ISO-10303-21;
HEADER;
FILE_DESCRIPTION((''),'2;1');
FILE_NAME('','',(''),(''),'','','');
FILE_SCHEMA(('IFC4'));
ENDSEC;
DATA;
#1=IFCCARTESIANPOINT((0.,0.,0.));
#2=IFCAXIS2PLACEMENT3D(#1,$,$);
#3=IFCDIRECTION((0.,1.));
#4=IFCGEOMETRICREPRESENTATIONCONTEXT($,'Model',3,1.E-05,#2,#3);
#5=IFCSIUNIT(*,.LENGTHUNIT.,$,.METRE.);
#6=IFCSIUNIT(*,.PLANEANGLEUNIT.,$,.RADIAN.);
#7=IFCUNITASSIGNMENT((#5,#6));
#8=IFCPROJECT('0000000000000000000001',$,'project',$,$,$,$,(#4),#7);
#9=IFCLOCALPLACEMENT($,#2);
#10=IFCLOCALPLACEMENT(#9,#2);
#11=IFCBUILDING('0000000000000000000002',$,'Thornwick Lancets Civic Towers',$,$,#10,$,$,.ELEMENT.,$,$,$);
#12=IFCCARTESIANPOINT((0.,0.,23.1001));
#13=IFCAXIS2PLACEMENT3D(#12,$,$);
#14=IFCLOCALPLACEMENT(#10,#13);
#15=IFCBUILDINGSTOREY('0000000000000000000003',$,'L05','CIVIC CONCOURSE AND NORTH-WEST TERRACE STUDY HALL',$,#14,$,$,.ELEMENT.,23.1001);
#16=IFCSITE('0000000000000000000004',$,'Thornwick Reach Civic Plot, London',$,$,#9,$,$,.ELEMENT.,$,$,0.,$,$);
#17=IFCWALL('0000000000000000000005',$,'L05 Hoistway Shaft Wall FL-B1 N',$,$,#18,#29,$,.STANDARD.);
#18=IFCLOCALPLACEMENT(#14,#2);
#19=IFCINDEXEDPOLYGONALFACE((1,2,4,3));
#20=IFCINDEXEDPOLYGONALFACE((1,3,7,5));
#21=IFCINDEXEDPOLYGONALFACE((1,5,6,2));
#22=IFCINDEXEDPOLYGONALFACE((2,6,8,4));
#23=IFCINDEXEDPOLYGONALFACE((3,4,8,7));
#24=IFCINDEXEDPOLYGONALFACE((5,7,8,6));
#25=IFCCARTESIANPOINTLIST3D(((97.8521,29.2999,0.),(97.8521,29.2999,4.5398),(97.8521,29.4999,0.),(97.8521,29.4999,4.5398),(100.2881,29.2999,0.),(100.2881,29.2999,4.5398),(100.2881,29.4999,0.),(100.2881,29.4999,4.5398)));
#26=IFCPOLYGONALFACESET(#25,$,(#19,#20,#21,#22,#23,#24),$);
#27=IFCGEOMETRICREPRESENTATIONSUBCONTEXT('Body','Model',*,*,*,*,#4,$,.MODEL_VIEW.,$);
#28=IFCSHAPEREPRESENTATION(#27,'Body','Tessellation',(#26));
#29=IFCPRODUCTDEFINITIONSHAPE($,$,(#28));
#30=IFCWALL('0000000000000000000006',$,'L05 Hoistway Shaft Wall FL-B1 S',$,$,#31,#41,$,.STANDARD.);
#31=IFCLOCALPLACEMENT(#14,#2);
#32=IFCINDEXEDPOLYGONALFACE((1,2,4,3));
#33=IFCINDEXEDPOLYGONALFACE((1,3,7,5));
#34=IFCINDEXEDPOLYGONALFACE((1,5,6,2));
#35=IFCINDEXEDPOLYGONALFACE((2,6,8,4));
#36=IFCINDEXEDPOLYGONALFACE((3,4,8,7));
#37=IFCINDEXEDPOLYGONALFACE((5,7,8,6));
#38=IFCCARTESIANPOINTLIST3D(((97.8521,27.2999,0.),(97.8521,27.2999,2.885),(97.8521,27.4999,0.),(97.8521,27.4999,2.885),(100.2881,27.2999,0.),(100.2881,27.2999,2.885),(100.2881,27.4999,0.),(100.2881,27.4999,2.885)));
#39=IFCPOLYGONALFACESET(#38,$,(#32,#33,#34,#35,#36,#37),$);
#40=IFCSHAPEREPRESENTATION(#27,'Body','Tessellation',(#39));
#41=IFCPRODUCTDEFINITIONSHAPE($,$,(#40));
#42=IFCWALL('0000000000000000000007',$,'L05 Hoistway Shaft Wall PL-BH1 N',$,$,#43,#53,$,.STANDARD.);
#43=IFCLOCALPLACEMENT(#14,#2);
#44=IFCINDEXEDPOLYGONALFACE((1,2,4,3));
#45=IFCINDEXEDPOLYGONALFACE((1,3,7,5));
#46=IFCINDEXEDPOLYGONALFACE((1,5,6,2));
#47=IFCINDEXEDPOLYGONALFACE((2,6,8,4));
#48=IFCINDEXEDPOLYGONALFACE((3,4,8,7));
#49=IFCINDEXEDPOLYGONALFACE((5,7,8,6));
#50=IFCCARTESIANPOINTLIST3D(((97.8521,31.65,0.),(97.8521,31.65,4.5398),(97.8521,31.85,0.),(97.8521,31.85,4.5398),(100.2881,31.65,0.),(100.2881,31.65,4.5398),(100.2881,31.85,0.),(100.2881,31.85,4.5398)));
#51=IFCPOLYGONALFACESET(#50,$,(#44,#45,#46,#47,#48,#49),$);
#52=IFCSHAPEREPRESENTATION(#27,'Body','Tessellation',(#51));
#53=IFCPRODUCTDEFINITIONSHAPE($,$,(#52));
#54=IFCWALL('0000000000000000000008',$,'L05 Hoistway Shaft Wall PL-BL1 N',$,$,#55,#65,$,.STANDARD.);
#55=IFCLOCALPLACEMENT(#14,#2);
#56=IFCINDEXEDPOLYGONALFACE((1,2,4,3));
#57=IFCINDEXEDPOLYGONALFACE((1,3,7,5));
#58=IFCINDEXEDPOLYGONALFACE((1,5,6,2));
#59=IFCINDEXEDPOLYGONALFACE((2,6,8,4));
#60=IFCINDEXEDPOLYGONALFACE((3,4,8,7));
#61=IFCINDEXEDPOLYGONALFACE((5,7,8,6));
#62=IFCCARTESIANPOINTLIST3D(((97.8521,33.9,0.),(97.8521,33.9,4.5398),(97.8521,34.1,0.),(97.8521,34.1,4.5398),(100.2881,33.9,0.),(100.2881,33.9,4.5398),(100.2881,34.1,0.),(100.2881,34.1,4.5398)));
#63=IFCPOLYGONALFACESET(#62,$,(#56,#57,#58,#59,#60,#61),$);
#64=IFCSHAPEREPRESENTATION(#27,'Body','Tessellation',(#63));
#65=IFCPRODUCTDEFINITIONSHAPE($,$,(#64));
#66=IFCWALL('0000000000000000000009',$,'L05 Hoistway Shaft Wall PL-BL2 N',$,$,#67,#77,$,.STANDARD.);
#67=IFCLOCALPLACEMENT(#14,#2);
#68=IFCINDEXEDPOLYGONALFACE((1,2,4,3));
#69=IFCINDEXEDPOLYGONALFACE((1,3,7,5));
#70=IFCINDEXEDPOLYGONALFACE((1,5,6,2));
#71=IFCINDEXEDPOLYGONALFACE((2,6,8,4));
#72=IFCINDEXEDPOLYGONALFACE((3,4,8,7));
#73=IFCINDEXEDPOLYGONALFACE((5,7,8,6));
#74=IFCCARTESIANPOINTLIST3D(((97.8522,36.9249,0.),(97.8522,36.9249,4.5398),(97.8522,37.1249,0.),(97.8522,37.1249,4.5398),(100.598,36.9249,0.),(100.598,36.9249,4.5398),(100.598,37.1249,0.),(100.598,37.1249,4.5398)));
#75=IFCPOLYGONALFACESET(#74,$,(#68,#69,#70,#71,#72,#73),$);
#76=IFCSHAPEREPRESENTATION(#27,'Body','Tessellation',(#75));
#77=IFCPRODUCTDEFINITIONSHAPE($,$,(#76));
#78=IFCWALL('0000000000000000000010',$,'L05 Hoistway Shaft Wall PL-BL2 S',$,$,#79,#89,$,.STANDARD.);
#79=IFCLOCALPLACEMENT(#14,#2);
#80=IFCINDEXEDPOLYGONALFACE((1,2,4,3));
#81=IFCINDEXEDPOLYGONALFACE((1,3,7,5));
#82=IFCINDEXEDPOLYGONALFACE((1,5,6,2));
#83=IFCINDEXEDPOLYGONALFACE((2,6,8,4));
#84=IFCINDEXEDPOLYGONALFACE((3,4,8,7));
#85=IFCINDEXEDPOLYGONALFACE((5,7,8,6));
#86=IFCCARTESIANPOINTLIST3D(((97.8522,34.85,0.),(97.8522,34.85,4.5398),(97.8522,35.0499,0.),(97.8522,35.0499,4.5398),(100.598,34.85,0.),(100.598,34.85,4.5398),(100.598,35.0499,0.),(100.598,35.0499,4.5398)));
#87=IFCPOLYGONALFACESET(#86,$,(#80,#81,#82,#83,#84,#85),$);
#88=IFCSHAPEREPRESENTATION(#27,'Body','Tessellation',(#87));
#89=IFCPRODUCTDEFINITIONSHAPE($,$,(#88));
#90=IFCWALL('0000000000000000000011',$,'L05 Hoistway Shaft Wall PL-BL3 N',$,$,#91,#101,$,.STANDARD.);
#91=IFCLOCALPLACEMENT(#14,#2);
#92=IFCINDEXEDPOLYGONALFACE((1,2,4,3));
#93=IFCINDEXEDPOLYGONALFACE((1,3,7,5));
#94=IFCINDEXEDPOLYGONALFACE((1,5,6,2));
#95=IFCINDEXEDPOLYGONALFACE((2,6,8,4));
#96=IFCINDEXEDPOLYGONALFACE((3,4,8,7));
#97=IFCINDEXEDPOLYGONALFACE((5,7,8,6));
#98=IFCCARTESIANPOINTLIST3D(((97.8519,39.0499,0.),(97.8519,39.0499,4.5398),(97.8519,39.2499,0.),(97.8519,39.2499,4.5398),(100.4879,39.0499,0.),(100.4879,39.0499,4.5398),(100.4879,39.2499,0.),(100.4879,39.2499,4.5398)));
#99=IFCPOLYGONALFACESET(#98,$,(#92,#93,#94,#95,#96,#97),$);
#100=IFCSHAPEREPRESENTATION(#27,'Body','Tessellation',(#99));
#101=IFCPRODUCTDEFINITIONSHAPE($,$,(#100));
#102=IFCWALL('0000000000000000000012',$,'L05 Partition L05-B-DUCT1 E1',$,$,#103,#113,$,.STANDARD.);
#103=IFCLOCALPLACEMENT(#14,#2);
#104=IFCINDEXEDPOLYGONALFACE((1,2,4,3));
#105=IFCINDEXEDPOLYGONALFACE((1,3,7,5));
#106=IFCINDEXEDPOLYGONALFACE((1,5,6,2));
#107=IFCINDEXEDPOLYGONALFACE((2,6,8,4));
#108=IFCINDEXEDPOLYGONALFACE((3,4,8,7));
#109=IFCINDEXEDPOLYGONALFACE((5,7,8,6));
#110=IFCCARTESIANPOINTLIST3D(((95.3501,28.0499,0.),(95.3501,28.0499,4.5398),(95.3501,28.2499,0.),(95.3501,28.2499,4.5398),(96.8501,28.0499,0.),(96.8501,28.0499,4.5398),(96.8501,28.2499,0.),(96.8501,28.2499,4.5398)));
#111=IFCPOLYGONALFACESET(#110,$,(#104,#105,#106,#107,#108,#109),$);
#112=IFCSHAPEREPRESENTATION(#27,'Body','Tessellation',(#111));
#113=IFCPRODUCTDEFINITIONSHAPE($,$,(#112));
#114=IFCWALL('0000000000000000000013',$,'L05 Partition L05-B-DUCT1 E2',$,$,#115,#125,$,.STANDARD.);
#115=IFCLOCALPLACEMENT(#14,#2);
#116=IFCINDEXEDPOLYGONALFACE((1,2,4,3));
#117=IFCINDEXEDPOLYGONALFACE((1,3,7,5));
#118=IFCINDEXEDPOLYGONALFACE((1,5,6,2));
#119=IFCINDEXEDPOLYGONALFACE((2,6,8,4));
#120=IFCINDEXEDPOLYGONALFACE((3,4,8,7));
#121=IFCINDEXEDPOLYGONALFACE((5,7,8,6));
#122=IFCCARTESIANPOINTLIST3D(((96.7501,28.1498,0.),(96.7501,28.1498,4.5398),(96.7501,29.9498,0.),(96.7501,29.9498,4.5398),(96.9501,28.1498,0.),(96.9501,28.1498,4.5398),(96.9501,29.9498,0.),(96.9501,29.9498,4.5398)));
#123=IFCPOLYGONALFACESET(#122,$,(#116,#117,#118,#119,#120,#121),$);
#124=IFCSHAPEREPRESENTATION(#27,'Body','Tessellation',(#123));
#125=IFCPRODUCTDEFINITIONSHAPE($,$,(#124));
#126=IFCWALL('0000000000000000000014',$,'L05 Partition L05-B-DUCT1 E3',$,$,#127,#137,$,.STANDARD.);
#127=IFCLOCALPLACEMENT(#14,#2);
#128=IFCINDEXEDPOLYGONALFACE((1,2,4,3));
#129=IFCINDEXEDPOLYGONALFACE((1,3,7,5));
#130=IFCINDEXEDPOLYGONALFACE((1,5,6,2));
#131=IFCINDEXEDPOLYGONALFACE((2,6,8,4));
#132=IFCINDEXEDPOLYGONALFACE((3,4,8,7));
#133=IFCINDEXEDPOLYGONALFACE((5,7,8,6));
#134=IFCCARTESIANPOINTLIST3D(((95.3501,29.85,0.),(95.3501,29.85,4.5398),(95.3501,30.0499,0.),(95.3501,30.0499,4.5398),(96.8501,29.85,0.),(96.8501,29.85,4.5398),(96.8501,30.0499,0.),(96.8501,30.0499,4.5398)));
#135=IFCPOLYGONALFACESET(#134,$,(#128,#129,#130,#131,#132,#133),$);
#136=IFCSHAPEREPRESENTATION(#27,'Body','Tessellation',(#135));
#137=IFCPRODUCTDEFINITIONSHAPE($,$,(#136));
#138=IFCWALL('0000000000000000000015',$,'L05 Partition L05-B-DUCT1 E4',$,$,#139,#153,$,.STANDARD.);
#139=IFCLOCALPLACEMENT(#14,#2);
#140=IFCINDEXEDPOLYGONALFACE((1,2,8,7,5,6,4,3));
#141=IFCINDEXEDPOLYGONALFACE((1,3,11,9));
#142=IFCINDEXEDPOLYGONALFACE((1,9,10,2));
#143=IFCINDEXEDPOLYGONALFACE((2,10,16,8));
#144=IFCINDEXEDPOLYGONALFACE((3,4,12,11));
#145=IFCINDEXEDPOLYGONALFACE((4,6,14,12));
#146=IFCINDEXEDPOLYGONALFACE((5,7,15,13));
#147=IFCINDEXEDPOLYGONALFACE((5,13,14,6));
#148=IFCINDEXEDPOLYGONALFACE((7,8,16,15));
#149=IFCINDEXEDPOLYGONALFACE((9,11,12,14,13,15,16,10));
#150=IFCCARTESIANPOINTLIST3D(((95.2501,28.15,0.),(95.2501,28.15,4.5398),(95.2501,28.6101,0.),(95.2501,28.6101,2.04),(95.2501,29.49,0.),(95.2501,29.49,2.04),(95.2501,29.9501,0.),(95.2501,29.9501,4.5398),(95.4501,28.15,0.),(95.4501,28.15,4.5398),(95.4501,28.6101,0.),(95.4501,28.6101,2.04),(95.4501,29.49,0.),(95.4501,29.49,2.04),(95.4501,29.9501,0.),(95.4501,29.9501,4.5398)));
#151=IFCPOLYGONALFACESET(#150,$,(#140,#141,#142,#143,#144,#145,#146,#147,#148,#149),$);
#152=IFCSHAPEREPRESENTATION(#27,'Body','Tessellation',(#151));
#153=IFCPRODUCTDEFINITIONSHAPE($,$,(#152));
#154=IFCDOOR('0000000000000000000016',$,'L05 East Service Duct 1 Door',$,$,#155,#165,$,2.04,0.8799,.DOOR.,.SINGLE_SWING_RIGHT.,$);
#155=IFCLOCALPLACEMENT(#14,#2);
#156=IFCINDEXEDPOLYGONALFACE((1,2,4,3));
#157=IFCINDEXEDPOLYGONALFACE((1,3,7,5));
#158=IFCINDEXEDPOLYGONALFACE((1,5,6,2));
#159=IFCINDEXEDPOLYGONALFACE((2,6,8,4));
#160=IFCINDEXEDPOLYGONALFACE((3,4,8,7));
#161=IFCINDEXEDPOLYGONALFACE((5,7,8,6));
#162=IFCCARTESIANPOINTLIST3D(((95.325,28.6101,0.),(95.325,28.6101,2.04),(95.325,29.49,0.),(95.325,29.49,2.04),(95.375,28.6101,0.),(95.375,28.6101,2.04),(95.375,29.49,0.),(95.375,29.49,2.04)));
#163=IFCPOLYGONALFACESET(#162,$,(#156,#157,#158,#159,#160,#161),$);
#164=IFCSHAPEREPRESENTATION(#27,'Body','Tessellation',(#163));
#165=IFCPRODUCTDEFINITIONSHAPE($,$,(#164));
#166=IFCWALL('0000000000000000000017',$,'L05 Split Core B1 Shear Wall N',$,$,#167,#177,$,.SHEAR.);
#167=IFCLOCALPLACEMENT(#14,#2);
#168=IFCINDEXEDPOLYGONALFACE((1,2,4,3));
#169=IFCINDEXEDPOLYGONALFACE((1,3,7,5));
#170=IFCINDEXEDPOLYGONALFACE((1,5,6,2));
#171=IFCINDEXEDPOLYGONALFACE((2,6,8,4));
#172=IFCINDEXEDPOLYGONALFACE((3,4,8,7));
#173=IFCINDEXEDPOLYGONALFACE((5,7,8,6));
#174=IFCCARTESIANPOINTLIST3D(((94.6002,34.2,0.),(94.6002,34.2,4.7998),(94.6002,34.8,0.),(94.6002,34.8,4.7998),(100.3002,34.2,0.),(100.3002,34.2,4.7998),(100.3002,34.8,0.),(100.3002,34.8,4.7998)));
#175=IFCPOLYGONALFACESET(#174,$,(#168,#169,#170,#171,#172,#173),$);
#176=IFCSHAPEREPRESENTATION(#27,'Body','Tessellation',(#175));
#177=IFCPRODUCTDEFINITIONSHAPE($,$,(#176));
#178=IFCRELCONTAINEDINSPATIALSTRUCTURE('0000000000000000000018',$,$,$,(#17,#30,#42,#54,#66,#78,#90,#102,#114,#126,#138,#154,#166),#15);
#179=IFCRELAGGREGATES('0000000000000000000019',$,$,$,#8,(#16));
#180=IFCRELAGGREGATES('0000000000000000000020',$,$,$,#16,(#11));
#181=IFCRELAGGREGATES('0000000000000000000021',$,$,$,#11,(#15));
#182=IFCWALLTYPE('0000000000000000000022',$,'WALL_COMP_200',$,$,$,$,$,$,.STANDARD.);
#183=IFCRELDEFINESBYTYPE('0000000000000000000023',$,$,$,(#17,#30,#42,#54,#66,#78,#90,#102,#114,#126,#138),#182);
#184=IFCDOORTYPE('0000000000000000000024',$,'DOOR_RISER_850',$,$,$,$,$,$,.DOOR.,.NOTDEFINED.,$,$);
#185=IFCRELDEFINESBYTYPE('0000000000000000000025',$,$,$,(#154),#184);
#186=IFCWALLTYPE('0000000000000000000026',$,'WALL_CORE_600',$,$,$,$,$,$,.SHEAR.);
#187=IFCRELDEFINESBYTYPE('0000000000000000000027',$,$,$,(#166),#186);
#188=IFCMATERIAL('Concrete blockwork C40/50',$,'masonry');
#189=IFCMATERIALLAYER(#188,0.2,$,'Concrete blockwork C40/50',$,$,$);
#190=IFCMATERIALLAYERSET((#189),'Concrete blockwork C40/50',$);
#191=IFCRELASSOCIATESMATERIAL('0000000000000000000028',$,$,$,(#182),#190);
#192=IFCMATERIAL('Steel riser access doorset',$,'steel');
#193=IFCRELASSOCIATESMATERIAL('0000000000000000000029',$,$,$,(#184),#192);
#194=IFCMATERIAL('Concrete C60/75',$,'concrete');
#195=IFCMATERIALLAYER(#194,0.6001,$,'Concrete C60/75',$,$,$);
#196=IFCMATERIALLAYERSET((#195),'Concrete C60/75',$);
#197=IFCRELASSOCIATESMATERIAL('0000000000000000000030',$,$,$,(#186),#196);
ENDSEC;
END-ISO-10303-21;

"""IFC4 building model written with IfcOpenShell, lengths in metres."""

from ifc_helpers import new_model, si_unit, direction, frame, frame_2d, origin, place, context, subcontext, project, spatial, rectangle, extrude, material, layer, layer_set, type_object, element, fill, save


model = new_model("IFC4")

# Units and contexts
model_context = context("Model", 3, precision=1e-05, world=origin(), true_north=direction((0.0, 1.0)))
body_context = subcontext(model_context, "Body", "Model", "MODEL_VIEW")
ifc_project = project(units=[si_unit("LENGTHUNIT", "METRE"), si_unit("PLANEANGLEUNIT", "RADIAN")], contexts=[model_context])

# Site, building, storey
site_placement = place(None, origin())
site = spatial("IfcSite", under=ifc_project, at=site_placement, Name="Thornwick Reach Civic Plot, London", CompositionType="ELEMENT", RefElevation=0.0)
building_placement = place(site_placement, origin())
building = spatial("IfcBuilding", under=site, at=building_placement, Name="Thornwick Lancets Civic Towers", CompositionType="ELEMENT")
storey_placement = place(building_placement, frame((0.0, 0.0, 23.1001)))
storey = spatial("IfcBuildingStorey", under=building, at=storey_placement, Name="L05", Description="CIVIC CONCOURSE AND NORTH-WEST TERRACE STUDY HALL", CompositionType="ELEMENT", Elevation=23.1001)

# Shared definitions
ifc_material_1 = material(Name="Concrete C60/75", Category="concrete")

# Walls
ifc_material_2 = material(Name="Concrete blockwork C40/50", Category="masonry")
ifc_layer_1 = layer(ifc_material_2, 0.2, Name="Concrete blockwork C40/50")
ifc_layer_set_1 = layer_set([ifc_layer_1], Name="Concrete blockwork C40/50")
wall_type_1 = type_object("IfcWallType", Name="WALL_COMP_200", PredefinedType="STANDARD", material=ifc_layer_set_1)
wall_1_placement = place(storey_placement, frame((97.8521, 29.3999, 0.0), z_axis=(0.0, 0.0, 1.0), x_axis=(1.0, 0.0, 0.0)))
element("IfcWall", 1, at=wall_1_placement, inside=storey, type_object=wall_type_1, Name="L05 Hoistway Shaft Wall FL-B1 N", PredefinedType="STANDARD", context=body_context, shape_type="SweptSolid", body=[
    extrude(rectangle(XDim=2.436, YDim=0.2, at=frame_2d((1.218, 0.0))), origin(), (0.0, 0.0, 1.0), 4.5398),
])
wall_2_placement = place(storey_placement, frame((97.8521, 27.3999, 0.0), z_axis=(0.0, 0.0, 1.0), x_axis=(1.0, 0.0, 0.0)))
element("IfcWall", 2, at=wall_2_placement, inside=storey, type_object=wall_type_1, Name="L05 Hoistway Shaft Wall FL-B1 S", PredefinedType="STANDARD", context=body_context, shape_type="SweptSolid", body=[
    extrude(rectangle(XDim=2.436, YDim=0.2, at=frame_2d((1.218, 0.0))), origin(), (0.0, 0.0, 1.0), 2.885),
])
for number, where, z_axis, x_axis, name in (
    (3, (97.8521, 31.75, 0.0), (0.0, 0.0, 1.0), (1.0, 0.0, 0.0), "L05 Hoistway Shaft Wall PL-BH1 N"),
    (4, (97.8521, 34.0, 0.0), (0.0, 0.0, 1.0), (1.0, 0.0, 0.0), "L05 Hoistway Shaft Wall PL-BL1 N"),
):
    element("IfcWall", number, at=place(storey_placement, frame(where, z_axis=z_axis, x_axis=x_axis)), inside=storey, type_object=wall_type_1, Name=name, PredefinedType="STANDARD", context=body_context, shape_type="SweptSolid", body=[
        extrude(rectangle(XDim=2.436, YDim=0.2, at=frame_2d((1.218, 0.0))), origin(), (0.0, 0.0, 1.0), 4.5398),
    ])
for number, where, z_axis, x_axis, name in (
    (5, (97.8521, 37.0249, 0.0), (0.0, 0.0, 1.0), (1.0, 0.0, 0.0), "L05 Hoistway Shaft Wall PL-BL2 N"),
    (6, (97.8521, 34.95, 0.0), (0.0, 0.0, 1.0), (1.0, 0.0, 0.0), "L05 Hoistway Shaft Wall PL-BL2 S"),
):
    element("IfcWall", number, at=place(storey_placement, frame(where, z_axis=z_axis, x_axis=x_axis)), inside=storey, type_object=wall_type_1, Name=name, PredefinedType="STANDARD", context=body_context, shape_type="SweptSolid", body=[
        extrude(rectangle(XDim=2.7458, YDim=0.2, at=frame_2d((1.373, 0.0))), origin(), (0.0, 0.0, 1.0), 4.5398),
    ])
wall_3_placement = place(storey_placement, frame((97.8521, 39.1499, 0.0), z_axis=(0.0, 0.0, 1.0), x_axis=(1.0, 0.0, 0.0)))
element("IfcWall", 7, at=wall_3_placement, inside=storey, type_object=wall_type_1, Name="L05 Hoistway Shaft Wall PL-BL3 N", PredefinedType="STANDARD", context=body_context, shape_type="SweptSolid", body=[
    extrude(rectangle(XDim=2.636, YDim=0.2, at=frame_2d((1.3179, 0.0))), origin(), (0.0, 0.0, 1.0), 4.5398),
])
wall_4_placement = place(storey_placement, frame((95.3501, 28.1499, 0.0), z_axis=(0.0, 0.0, 1.0), x_axis=(1.0, 0.0, 0.0)))
element("IfcWall", 8, at=wall_4_placement, inside=storey, type_object=wall_type_1, Name="L05 Partition L05-B-DUCT1 E1", PredefinedType="STANDARD", context=body_context, shape_type="SweptSolid", body=[
    extrude(rectangle(XDim=1.5, YDim=0.2, at=frame_2d((0.75, 0.0))), origin(), (0.0, 0.0, 1.0), 4.5398),
])
wall_5_placement = place(storey_placement, frame((96.8501, 28.1499, 0.0), z_axis=(0.0, 0.0, 1.0), x_axis=(0.0, 1.0, 0.0)))
element("IfcWall", 9, at=wall_5_placement, inside=storey, type_object=wall_type_1, Name="L05 Partition L05-B-DUCT1 E2", PredefinedType="STANDARD", context=body_context, shape_type="SweptSolid", body=[
    extrude(rectangle(XDim=1.8, YDim=0.2, at=frame_2d((0.8999, 0.0))), origin(), (0.0, 0.0, 1.0), 4.5398),
])
wall_6_placement = place(storey_placement, frame((96.8501, 29.95, 0.0), z_axis=(0.0, 0.0, 1.0), x_axis=(-1.0, 0.0, 0.0)))
element("IfcWall", 10, at=wall_6_placement, inside=storey, type_object=wall_type_1, Name="L05 Partition L05-B-DUCT1 E3", PredefinedType="STANDARD", context=body_context, shape_type="SweptSolid", body=[
    extrude(rectangle(XDim=1.5, YDim=0.2, at=frame_2d((0.75, 0.0))), origin(), (0.0, 0.0, 1.0), 4.5398),
])

# Wall, opening, door
wall_7_placement = place(storey_placement, frame((95.3501, 29.95, 0.0), z_axis=(0.0, 0.0, 1.0), x_axis=(0.0, -1.0, 0.0)))
wall_7 = element("IfcWall", 11, at=wall_7_placement, inside=storey, type_object=wall_type_1, Name="L05 Partition L05-B-DUCT1 E4", PredefinedType="STANDARD", context=body_context, shape_type="SweptSolid", body=[
    extrude(rectangle(XDim=1.8, YDim=0.2, at=frame_2d((0.8999, 0.0))), origin(), (0.0, 0.0, 1.0), 4.5398),
])
opening_1_placement = place(wall_7_placement, frame((0.46, 0.0, 0.0)))
opening_1 = element("IfcOpeningElement", 12, at=opening_1_placement, cuts=wall_7, PredefinedType="OPENING", context=body_context, shape_type="SweptSolid", body=[
    extrude(rectangle(XDim=0.8799, YDim=2.04, at=frame_2d((0.4399, 1.02))), frame((0.0, 0.1099, 0.0), z_axis=(0.0, -1.0, 0.0), x_axis=(1.0, 0.0, 0.0)), (0.0, 0.0, 1.0), 0.22),
])
ifc_material_3 = material(Name="Steel riser access doorset", Category="steel")
door_type_1 = type_object("IfcDoorType", Name="DOOR_RISER_850", OperationType="NOTDEFINED", PredefinedType="DOOR", material=ifc_material_3)
door_1_placement = place(opening_1_placement, origin())
door_1 = element("IfcDoor", 13, at=door_1_placement, inside=storey, type_object=door_type_1, Name="L05 East Service Duct 1 Door", OperationType="SINGLE_SWING_RIGHT", OverallHeight=2.04, OverallWidth=0.8799, PredefinedType="DOOR", context=body_context, shape_type="SweptSolid", body=[
    extrude(rectangle(XDim=0.8799, YDim=2.04, at=frame_2d((0.4399, 1.02))), frame((0.0, 0.0249, 0.0), z_axis=(0.0, -1.0, 0.0), x_axis=(1.0, 0.0, 0.0)), (0.0, 0.0, 1.0), 0.05),
])
fill(opening_1, door_1)

# Wall
ifc_layer_2 = layer(ifc_material_1, 0.6001, Name="Concrete C60/75")
ifc_layer_set_2 = layer_set([ifc_layer_2], Name="Concrete C60/75")
wall_type_2 = type_object("IfcWallType", Name="WALL_CORE_600", PredefinedType="SHEAR", material=ifc_layer_set_2)
wall_8_placement = place(storey_placement, frame((94.6001, 34.5, 0.0), z_axis=(0.0, 0.0, 1.0), x_axis=(1.0, 0.0, 0.0)))
element("IfcWall", 14, at=wall_8_placement, inside=storey, type_object=wall_type_2, Name="L05 Split Core B1 Shear Wall N", PredefinedType="SHEAR", context=body_context, shape_type="SweptSolid", body=[
    extrude(rectangle(XDim=5.7, YDim=0.6001, at=frame_2d((2.8501, 0.0))), origin(), (0.0, 0.0, 1.0), 4.7998),
])

save(model, "model.ifc")
